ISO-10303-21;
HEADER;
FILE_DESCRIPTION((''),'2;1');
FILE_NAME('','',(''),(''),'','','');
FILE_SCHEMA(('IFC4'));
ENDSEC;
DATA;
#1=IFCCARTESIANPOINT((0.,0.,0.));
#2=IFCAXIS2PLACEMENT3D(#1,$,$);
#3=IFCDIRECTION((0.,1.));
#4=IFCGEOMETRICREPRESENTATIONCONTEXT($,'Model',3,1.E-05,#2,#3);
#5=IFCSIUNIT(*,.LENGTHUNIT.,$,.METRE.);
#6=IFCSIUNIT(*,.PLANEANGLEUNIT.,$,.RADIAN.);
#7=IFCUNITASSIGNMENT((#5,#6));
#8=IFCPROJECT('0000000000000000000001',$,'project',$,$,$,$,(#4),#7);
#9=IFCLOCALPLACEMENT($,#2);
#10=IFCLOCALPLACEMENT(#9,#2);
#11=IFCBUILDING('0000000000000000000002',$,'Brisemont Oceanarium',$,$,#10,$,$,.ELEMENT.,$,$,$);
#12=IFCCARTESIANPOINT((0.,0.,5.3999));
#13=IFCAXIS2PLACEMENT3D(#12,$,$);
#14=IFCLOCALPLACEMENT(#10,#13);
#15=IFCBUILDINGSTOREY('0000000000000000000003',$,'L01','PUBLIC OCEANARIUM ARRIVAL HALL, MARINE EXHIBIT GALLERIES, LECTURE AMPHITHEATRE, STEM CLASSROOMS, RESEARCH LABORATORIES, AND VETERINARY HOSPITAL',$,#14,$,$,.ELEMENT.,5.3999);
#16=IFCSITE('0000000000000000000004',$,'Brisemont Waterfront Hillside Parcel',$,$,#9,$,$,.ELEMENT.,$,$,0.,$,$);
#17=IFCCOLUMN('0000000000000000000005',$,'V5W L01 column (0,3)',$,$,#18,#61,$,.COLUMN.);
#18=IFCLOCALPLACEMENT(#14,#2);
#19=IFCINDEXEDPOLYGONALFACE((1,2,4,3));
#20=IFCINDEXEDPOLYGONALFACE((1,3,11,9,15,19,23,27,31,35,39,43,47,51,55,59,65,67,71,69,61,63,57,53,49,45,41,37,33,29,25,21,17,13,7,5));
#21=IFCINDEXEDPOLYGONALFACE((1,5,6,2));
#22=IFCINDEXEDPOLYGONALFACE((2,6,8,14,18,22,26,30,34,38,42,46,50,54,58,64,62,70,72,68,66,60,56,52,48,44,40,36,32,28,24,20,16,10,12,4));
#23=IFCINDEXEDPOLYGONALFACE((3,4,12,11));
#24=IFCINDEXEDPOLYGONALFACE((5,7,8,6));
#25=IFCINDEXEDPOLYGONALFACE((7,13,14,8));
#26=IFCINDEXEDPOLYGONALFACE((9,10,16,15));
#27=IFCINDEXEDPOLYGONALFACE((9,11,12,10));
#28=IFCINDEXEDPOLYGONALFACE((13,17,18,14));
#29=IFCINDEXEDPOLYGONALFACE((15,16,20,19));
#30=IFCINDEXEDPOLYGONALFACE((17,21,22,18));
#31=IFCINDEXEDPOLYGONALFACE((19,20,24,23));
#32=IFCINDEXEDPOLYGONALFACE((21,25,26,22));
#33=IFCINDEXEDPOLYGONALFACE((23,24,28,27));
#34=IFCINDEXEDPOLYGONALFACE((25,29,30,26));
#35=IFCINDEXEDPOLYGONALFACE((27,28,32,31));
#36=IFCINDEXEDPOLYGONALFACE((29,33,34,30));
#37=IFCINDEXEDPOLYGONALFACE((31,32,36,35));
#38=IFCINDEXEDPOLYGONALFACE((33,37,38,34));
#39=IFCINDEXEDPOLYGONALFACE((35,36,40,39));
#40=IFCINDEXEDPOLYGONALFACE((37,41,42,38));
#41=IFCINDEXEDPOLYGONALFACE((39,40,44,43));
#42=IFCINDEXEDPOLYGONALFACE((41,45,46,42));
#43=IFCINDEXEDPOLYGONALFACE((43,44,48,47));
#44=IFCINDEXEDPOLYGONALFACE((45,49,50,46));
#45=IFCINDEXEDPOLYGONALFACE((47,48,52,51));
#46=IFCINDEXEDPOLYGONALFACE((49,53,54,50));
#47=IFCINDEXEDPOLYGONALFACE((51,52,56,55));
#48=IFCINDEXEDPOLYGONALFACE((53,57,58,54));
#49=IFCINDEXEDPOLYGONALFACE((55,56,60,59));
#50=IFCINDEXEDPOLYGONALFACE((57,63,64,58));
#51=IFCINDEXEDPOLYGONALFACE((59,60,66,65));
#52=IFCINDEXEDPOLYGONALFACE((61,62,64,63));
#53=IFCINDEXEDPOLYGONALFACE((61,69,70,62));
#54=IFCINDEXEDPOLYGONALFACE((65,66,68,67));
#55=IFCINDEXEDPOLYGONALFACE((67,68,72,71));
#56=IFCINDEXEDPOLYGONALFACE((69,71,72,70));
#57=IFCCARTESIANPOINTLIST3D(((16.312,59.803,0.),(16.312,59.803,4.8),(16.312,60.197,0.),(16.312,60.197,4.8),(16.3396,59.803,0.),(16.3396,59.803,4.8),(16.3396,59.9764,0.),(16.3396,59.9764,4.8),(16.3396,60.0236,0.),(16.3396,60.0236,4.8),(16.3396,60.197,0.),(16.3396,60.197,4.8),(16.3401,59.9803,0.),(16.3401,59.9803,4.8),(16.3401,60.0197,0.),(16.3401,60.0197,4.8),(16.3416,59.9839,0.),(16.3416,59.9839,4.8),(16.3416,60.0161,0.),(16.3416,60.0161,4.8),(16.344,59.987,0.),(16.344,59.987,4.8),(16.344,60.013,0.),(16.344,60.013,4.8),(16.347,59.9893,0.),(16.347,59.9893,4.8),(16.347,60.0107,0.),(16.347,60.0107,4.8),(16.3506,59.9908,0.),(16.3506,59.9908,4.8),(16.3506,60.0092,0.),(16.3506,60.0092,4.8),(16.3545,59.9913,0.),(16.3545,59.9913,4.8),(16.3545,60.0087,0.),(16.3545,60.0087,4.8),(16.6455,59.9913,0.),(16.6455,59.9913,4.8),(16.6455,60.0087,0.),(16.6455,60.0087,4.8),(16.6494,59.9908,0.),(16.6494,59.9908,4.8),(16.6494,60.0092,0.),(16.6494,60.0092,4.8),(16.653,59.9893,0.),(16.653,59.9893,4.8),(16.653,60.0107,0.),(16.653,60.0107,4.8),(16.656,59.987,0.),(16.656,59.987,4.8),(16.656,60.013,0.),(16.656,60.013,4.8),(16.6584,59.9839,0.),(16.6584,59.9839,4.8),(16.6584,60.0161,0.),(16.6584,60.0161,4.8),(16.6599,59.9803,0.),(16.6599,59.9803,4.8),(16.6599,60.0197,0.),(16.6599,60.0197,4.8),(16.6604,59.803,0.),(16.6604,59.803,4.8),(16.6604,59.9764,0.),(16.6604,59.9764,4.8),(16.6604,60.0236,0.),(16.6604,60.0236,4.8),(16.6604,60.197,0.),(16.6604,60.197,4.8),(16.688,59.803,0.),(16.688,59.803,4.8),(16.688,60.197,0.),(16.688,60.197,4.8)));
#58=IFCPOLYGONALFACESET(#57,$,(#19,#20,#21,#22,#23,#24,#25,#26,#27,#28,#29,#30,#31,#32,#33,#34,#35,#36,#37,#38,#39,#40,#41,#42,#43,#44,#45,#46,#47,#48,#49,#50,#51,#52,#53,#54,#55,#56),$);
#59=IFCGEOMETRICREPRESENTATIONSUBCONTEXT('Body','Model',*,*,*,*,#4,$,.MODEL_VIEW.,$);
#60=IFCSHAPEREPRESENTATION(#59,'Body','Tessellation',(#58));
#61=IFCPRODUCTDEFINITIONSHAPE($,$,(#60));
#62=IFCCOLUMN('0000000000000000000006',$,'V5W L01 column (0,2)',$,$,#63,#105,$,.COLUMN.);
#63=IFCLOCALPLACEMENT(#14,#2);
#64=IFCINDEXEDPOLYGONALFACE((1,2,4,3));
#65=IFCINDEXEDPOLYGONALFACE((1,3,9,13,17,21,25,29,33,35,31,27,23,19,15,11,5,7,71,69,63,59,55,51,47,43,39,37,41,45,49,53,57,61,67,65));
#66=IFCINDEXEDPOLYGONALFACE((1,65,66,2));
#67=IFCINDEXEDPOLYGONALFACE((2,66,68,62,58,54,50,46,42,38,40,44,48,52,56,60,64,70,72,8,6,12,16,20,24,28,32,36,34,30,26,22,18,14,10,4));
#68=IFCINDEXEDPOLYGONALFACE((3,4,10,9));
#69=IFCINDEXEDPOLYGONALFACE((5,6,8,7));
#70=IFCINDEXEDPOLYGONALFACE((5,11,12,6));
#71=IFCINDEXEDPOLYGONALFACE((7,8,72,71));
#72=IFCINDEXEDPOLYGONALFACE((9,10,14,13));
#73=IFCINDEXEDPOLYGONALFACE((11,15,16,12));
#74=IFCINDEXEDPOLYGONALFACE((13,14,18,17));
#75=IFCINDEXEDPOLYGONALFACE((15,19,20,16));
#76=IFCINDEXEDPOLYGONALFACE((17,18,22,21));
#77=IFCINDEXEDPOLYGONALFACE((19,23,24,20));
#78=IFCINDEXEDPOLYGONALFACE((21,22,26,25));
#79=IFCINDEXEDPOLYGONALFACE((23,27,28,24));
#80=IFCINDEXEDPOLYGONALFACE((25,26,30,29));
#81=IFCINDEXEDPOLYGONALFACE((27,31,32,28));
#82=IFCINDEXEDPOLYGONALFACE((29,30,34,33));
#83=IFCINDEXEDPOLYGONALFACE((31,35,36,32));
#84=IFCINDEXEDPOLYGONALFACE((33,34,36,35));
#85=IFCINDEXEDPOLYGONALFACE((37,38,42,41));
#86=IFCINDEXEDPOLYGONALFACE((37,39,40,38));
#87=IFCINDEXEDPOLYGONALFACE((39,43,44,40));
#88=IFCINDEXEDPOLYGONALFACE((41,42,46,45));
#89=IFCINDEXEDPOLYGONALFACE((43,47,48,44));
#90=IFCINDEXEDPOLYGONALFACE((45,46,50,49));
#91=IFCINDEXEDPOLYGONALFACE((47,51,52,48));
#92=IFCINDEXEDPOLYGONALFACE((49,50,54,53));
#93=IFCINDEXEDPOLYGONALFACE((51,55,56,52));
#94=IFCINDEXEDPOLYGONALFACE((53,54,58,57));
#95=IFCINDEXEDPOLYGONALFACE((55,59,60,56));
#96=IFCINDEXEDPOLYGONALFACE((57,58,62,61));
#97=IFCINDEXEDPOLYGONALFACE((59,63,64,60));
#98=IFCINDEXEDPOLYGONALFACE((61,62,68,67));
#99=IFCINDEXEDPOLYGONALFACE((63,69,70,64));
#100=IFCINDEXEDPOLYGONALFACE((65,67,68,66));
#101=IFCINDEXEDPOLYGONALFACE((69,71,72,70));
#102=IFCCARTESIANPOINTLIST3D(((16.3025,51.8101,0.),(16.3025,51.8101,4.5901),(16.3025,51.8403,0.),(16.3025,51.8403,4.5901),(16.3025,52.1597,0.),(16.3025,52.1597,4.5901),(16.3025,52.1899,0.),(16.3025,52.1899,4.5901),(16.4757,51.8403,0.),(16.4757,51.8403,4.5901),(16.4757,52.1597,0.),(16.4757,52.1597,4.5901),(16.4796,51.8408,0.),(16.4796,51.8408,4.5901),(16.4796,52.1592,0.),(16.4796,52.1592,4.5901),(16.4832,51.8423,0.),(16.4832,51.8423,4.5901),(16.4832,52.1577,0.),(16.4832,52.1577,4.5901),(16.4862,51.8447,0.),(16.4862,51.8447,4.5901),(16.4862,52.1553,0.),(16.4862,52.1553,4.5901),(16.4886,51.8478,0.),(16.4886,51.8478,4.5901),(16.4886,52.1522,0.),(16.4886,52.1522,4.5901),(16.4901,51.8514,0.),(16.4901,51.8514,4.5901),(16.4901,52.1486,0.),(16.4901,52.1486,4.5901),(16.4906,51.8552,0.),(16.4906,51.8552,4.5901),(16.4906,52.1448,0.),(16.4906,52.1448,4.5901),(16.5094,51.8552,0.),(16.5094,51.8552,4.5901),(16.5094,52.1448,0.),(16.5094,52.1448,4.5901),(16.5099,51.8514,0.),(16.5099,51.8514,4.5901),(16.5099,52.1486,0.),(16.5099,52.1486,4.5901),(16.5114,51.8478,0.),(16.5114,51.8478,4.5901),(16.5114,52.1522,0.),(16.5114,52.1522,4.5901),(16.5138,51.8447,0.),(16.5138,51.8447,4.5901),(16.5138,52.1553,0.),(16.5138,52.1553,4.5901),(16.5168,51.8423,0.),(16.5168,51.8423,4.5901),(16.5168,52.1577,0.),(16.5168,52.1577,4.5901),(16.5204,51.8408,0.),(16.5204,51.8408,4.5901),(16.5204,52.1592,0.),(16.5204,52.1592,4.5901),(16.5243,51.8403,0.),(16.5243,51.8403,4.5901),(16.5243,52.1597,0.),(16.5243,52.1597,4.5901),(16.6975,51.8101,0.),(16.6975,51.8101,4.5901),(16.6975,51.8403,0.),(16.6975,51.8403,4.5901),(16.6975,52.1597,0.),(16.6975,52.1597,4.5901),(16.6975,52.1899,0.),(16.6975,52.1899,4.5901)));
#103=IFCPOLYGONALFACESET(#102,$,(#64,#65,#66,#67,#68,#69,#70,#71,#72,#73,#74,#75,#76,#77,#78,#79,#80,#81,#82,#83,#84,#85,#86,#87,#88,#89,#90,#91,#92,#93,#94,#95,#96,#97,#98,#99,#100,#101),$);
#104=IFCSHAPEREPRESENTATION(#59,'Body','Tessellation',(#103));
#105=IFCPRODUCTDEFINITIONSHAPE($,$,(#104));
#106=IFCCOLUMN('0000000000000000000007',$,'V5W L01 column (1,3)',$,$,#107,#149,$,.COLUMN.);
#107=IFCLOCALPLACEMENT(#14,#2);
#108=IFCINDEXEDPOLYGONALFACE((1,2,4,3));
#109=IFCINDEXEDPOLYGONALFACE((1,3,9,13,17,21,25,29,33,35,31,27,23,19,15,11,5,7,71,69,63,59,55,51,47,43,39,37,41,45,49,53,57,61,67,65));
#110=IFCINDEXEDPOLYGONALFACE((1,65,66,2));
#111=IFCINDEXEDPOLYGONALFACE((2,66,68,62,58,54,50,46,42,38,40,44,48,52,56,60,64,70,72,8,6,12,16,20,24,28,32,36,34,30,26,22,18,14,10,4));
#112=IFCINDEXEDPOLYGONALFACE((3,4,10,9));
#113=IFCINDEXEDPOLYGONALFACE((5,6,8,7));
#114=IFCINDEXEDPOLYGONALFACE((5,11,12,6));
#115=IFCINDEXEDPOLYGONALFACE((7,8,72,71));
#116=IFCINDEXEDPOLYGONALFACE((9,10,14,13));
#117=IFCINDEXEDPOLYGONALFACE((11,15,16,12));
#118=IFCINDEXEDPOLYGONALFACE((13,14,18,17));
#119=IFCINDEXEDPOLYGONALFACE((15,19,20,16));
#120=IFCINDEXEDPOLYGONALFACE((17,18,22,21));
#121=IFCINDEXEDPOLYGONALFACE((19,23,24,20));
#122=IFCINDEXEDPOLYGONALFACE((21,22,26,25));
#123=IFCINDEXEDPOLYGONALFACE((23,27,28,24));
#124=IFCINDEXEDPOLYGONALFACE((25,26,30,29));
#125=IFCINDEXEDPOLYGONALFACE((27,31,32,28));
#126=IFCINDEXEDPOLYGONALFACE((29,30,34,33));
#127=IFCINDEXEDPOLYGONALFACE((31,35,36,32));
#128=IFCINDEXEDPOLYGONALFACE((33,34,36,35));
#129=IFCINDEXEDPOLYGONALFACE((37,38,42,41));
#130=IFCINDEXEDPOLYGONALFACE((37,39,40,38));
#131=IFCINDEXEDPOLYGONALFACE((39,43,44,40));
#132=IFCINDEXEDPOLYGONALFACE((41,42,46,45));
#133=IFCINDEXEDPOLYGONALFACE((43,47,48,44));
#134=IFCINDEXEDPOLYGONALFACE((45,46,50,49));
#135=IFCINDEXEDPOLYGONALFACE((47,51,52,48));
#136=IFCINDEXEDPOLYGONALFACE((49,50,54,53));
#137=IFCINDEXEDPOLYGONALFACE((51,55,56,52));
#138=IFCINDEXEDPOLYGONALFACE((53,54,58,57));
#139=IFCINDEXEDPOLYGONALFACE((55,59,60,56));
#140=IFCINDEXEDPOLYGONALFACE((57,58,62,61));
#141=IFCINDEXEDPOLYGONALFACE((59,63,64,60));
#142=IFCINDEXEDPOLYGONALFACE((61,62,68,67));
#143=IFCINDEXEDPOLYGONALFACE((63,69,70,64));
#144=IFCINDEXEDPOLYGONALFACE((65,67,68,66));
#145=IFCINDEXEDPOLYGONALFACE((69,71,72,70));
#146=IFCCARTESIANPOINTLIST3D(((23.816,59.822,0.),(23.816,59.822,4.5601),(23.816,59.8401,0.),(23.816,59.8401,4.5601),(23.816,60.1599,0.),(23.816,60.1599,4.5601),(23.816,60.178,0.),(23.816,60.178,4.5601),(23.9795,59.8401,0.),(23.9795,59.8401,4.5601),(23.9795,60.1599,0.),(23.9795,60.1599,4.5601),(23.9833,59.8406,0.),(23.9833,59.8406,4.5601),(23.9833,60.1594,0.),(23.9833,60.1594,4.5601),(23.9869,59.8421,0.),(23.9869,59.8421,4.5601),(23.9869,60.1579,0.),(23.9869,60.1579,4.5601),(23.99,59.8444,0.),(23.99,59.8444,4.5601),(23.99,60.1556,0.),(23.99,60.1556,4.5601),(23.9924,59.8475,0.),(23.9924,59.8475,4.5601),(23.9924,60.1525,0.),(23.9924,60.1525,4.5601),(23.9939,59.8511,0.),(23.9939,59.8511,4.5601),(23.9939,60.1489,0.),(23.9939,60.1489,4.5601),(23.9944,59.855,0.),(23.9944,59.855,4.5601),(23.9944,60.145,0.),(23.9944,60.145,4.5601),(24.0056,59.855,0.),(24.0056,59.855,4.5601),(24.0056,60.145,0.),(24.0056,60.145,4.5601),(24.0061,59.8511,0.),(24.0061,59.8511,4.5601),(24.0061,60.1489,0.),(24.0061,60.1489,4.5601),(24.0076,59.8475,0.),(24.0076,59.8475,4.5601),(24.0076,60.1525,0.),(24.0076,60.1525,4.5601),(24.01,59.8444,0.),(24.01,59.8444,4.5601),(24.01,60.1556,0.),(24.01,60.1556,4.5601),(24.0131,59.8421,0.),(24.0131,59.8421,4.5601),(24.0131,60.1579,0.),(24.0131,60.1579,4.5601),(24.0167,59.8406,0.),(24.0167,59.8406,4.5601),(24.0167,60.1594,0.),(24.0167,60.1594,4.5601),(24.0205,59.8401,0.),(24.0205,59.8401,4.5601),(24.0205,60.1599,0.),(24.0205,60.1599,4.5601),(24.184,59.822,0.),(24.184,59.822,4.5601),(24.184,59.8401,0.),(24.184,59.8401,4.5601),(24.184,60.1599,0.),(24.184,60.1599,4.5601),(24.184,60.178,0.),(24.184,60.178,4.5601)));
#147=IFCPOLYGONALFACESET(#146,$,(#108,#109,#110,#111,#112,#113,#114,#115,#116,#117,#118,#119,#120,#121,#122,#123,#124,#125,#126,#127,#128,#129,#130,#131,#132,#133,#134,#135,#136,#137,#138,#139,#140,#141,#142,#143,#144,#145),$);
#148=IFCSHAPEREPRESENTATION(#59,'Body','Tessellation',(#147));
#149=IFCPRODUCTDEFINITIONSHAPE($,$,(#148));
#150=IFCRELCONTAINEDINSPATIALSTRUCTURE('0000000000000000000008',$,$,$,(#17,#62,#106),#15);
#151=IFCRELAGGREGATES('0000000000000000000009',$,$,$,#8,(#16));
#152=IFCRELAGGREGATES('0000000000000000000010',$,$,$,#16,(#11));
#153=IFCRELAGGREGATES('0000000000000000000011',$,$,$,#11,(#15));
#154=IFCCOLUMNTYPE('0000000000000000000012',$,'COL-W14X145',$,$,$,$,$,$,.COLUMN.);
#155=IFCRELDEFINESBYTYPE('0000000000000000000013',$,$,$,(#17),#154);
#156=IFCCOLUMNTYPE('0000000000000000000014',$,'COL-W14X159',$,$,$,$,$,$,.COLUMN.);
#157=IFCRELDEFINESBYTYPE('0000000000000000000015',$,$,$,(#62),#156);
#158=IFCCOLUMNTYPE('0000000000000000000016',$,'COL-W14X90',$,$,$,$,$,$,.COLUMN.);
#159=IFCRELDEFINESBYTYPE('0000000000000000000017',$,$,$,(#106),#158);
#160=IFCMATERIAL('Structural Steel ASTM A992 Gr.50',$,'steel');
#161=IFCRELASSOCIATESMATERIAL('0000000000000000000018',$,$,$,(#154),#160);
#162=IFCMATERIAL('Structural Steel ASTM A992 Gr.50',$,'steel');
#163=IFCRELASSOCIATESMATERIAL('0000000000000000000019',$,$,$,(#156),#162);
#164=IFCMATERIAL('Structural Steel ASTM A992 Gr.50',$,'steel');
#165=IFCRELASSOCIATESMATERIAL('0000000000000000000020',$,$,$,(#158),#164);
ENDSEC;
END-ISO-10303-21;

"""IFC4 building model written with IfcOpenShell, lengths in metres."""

from ifc_helpers import new_model, si_unit, direction, frame, origin, origin_2d, place, context, subcontext, project, spatial, i_section, extrude, material, material_profile, profile_set, type_object, element, save


model = new_model("IFC4")

# Units and contexts
model_context = context("Model", 3, precision=1e-05, world=origin(), true_north=direction((0.0, 1.0)))
body_context = subcontext(model_context, "Body", "Model", "MODEL_VIEW")
ifc_project = project(units=[si_unit("LENGTHUNIT", "METRE"), si_unit("PLANEANGLEUNIT", "RADIAN")], contexts=[model_context])

# Site, building, storey
site_placement = place(None, origin())
site = spatial("IfcSite", under=ifc_project, at=site_placement, Name="Brisemont Waterfront Hillside Parcel", CompositionType="ELEMENT", RefElevation=0.0)
building_placement = place(site_placement, origin())
building = spatial("IfcBuilding", under=site, at=building_placement, Name="Brisemont Oceanarium", CompositionType="ELEMENT")
storey_placement = place(building_placement, frame((0.0, 0.0, 5.3999)))
storey = spatial("IfcBuildingStorey", under=building, at=storey_placement, Name="L01", Description="PUBLIC OCEANARIUM ARRIVAL HALL, MARINE EXHIBIT GALLERIES, LECTURE AMPHITHEATRE, STEM CLASSROOMS, RESEARCH LABORATORIES, AND VETERINARY HOSPITAL", CompositionType="ELEMENT", Elevation=5.3999)

# Columns
ifc_material_1 = material(Name="Structural Steel ASTM A992 Gr.50", Category="steel")
ifc_material_profile_1 = material_profile(ifc_material_1, i_section(OverallWidth=0.394, OverallDepth=0.376, WebThickness=0.0173, FlangeThickness=0.0276, FilletRadius=0.0149, at=origin_2d()), Name="W14X145")
ifc_profile_set_1 = profile_set([ifc_material_profile_1], Name="Structural Steel ASTM A992 Gr.50")
column_type_1 = type_object("IfcColumnType", Name="COL-W14X145", PredefinedType="COLUMN", material=ifc_profile_set_1)
column_1_placement = place(storey_placement, frame((16.5, 60.0, 0.0), z_axis=(0.0, 0.0, 1.0), x_axis=(0.0, 1.0, 0.0)))
element("IfcColumn", 1, at=column_1_placement, inside=storey, type_object=column_type_1, Name="V5W L01 column (0,3)", PredefinedType="COLUMN", context=body_context, shape_type="SweptSolid", body=[
    extrude(i_section(OverallWidth=0.394, OverallDepth=0.376, WebThickness=0.0173, FlangeThickness=0.0276, FilletRadius=0.0149, at=origin_2d()), origin(), (0.0, 0.0, 1.0), 4.8),
])
ifc_material_2 = material(Name="Structural Steel ASTM A992 Gr.50", Category="steel")
ifc_material_profile_2 = material_profile(ifc_material_2, i_section(OverallWidth=0.395, OverallDepth=0.3799, WebThickness=0.0188, FlangeThickness=0.0303, FilletRadius=0.0149, at=origin_2d()), Name="W14X159")
ifc_profile_set_2 = profile_set([ifc_material_profile_2], Name="Structural Steel ASTM A992 Gr.50")
column_type_2 = type_object("IfcColumnType", Name="COL-W14X159", PredefinedType="COLUMN", material=ifc_profile_set_2)
column_2_placement = place(storey_placement, frame((16.5, 52.0, 0.0), z_axis=(0.0, 0.0, 1.0), x_axis=(1.0, 0.0, 0.0)))
element("IfcColumn", 2, at=column_2_placement, inside=storey, type_object=column_type_2, Name="V5W L01 column (0,2)", PredefinedType="COLUMN", context=body_context, shape_type="SweptSolid", body=[
    extrude(i_section(OverallWidth=0.395, OverallDepth=0.3799, WebThickness=0.0188, FlangeThickness=0.0303, FilletRadius=0.0149, at=origin_2d()), origin(), (0.0, 0.0, 1.0), 4.5901),
])
ifc_material_3 = material(Name="Structural Steel ASTM A992 Gr.50", Category="steel")
ifc_material_profile_3 = material_profile(ifc_material_3, i_section(OverallWidth=0.3679, OverallDepth=0.356, WebThickness=0.0112, FlangeThickness=0.0181, FilletRadius=0.0149, at=origin_2d()), Name="W14X90")
ifc_profile_set_3 = profile_set([ifc_material_profile_3], Name="Structural Steel ASTM A992 Gr.50")
column_type_3 = type_object("IfcColumnType", Name="COL-W14X90", PredefinedType="COLUMN", material=ifc_profile_set_3)
column_3_placement = place(storey_placement, frame((24.0, 60.0, 0.0), z_axis=(0.0, 0.0, 1.0), x_axis=(1.0, 0.0, 0.0)))
element("IfcColumn", 3, at=column_3_placement, inside=storey, type_object=column_type_3, Name="V5W L01 column (1,3)", PredefinedType="COLUMN", context=body_context, shape_type="SweptSolid", body=[
    extrude(i_section(OverallWidth=0.3679, OverallDepth=0.356, WebThickness=0.0112, FlangeThickness=0.0181, FilletRadius=0.0149, at=origin_2d()), origin(), (0.0, 0.0, 1.0), 4.5601),
])

save(model, "model.ifc")
